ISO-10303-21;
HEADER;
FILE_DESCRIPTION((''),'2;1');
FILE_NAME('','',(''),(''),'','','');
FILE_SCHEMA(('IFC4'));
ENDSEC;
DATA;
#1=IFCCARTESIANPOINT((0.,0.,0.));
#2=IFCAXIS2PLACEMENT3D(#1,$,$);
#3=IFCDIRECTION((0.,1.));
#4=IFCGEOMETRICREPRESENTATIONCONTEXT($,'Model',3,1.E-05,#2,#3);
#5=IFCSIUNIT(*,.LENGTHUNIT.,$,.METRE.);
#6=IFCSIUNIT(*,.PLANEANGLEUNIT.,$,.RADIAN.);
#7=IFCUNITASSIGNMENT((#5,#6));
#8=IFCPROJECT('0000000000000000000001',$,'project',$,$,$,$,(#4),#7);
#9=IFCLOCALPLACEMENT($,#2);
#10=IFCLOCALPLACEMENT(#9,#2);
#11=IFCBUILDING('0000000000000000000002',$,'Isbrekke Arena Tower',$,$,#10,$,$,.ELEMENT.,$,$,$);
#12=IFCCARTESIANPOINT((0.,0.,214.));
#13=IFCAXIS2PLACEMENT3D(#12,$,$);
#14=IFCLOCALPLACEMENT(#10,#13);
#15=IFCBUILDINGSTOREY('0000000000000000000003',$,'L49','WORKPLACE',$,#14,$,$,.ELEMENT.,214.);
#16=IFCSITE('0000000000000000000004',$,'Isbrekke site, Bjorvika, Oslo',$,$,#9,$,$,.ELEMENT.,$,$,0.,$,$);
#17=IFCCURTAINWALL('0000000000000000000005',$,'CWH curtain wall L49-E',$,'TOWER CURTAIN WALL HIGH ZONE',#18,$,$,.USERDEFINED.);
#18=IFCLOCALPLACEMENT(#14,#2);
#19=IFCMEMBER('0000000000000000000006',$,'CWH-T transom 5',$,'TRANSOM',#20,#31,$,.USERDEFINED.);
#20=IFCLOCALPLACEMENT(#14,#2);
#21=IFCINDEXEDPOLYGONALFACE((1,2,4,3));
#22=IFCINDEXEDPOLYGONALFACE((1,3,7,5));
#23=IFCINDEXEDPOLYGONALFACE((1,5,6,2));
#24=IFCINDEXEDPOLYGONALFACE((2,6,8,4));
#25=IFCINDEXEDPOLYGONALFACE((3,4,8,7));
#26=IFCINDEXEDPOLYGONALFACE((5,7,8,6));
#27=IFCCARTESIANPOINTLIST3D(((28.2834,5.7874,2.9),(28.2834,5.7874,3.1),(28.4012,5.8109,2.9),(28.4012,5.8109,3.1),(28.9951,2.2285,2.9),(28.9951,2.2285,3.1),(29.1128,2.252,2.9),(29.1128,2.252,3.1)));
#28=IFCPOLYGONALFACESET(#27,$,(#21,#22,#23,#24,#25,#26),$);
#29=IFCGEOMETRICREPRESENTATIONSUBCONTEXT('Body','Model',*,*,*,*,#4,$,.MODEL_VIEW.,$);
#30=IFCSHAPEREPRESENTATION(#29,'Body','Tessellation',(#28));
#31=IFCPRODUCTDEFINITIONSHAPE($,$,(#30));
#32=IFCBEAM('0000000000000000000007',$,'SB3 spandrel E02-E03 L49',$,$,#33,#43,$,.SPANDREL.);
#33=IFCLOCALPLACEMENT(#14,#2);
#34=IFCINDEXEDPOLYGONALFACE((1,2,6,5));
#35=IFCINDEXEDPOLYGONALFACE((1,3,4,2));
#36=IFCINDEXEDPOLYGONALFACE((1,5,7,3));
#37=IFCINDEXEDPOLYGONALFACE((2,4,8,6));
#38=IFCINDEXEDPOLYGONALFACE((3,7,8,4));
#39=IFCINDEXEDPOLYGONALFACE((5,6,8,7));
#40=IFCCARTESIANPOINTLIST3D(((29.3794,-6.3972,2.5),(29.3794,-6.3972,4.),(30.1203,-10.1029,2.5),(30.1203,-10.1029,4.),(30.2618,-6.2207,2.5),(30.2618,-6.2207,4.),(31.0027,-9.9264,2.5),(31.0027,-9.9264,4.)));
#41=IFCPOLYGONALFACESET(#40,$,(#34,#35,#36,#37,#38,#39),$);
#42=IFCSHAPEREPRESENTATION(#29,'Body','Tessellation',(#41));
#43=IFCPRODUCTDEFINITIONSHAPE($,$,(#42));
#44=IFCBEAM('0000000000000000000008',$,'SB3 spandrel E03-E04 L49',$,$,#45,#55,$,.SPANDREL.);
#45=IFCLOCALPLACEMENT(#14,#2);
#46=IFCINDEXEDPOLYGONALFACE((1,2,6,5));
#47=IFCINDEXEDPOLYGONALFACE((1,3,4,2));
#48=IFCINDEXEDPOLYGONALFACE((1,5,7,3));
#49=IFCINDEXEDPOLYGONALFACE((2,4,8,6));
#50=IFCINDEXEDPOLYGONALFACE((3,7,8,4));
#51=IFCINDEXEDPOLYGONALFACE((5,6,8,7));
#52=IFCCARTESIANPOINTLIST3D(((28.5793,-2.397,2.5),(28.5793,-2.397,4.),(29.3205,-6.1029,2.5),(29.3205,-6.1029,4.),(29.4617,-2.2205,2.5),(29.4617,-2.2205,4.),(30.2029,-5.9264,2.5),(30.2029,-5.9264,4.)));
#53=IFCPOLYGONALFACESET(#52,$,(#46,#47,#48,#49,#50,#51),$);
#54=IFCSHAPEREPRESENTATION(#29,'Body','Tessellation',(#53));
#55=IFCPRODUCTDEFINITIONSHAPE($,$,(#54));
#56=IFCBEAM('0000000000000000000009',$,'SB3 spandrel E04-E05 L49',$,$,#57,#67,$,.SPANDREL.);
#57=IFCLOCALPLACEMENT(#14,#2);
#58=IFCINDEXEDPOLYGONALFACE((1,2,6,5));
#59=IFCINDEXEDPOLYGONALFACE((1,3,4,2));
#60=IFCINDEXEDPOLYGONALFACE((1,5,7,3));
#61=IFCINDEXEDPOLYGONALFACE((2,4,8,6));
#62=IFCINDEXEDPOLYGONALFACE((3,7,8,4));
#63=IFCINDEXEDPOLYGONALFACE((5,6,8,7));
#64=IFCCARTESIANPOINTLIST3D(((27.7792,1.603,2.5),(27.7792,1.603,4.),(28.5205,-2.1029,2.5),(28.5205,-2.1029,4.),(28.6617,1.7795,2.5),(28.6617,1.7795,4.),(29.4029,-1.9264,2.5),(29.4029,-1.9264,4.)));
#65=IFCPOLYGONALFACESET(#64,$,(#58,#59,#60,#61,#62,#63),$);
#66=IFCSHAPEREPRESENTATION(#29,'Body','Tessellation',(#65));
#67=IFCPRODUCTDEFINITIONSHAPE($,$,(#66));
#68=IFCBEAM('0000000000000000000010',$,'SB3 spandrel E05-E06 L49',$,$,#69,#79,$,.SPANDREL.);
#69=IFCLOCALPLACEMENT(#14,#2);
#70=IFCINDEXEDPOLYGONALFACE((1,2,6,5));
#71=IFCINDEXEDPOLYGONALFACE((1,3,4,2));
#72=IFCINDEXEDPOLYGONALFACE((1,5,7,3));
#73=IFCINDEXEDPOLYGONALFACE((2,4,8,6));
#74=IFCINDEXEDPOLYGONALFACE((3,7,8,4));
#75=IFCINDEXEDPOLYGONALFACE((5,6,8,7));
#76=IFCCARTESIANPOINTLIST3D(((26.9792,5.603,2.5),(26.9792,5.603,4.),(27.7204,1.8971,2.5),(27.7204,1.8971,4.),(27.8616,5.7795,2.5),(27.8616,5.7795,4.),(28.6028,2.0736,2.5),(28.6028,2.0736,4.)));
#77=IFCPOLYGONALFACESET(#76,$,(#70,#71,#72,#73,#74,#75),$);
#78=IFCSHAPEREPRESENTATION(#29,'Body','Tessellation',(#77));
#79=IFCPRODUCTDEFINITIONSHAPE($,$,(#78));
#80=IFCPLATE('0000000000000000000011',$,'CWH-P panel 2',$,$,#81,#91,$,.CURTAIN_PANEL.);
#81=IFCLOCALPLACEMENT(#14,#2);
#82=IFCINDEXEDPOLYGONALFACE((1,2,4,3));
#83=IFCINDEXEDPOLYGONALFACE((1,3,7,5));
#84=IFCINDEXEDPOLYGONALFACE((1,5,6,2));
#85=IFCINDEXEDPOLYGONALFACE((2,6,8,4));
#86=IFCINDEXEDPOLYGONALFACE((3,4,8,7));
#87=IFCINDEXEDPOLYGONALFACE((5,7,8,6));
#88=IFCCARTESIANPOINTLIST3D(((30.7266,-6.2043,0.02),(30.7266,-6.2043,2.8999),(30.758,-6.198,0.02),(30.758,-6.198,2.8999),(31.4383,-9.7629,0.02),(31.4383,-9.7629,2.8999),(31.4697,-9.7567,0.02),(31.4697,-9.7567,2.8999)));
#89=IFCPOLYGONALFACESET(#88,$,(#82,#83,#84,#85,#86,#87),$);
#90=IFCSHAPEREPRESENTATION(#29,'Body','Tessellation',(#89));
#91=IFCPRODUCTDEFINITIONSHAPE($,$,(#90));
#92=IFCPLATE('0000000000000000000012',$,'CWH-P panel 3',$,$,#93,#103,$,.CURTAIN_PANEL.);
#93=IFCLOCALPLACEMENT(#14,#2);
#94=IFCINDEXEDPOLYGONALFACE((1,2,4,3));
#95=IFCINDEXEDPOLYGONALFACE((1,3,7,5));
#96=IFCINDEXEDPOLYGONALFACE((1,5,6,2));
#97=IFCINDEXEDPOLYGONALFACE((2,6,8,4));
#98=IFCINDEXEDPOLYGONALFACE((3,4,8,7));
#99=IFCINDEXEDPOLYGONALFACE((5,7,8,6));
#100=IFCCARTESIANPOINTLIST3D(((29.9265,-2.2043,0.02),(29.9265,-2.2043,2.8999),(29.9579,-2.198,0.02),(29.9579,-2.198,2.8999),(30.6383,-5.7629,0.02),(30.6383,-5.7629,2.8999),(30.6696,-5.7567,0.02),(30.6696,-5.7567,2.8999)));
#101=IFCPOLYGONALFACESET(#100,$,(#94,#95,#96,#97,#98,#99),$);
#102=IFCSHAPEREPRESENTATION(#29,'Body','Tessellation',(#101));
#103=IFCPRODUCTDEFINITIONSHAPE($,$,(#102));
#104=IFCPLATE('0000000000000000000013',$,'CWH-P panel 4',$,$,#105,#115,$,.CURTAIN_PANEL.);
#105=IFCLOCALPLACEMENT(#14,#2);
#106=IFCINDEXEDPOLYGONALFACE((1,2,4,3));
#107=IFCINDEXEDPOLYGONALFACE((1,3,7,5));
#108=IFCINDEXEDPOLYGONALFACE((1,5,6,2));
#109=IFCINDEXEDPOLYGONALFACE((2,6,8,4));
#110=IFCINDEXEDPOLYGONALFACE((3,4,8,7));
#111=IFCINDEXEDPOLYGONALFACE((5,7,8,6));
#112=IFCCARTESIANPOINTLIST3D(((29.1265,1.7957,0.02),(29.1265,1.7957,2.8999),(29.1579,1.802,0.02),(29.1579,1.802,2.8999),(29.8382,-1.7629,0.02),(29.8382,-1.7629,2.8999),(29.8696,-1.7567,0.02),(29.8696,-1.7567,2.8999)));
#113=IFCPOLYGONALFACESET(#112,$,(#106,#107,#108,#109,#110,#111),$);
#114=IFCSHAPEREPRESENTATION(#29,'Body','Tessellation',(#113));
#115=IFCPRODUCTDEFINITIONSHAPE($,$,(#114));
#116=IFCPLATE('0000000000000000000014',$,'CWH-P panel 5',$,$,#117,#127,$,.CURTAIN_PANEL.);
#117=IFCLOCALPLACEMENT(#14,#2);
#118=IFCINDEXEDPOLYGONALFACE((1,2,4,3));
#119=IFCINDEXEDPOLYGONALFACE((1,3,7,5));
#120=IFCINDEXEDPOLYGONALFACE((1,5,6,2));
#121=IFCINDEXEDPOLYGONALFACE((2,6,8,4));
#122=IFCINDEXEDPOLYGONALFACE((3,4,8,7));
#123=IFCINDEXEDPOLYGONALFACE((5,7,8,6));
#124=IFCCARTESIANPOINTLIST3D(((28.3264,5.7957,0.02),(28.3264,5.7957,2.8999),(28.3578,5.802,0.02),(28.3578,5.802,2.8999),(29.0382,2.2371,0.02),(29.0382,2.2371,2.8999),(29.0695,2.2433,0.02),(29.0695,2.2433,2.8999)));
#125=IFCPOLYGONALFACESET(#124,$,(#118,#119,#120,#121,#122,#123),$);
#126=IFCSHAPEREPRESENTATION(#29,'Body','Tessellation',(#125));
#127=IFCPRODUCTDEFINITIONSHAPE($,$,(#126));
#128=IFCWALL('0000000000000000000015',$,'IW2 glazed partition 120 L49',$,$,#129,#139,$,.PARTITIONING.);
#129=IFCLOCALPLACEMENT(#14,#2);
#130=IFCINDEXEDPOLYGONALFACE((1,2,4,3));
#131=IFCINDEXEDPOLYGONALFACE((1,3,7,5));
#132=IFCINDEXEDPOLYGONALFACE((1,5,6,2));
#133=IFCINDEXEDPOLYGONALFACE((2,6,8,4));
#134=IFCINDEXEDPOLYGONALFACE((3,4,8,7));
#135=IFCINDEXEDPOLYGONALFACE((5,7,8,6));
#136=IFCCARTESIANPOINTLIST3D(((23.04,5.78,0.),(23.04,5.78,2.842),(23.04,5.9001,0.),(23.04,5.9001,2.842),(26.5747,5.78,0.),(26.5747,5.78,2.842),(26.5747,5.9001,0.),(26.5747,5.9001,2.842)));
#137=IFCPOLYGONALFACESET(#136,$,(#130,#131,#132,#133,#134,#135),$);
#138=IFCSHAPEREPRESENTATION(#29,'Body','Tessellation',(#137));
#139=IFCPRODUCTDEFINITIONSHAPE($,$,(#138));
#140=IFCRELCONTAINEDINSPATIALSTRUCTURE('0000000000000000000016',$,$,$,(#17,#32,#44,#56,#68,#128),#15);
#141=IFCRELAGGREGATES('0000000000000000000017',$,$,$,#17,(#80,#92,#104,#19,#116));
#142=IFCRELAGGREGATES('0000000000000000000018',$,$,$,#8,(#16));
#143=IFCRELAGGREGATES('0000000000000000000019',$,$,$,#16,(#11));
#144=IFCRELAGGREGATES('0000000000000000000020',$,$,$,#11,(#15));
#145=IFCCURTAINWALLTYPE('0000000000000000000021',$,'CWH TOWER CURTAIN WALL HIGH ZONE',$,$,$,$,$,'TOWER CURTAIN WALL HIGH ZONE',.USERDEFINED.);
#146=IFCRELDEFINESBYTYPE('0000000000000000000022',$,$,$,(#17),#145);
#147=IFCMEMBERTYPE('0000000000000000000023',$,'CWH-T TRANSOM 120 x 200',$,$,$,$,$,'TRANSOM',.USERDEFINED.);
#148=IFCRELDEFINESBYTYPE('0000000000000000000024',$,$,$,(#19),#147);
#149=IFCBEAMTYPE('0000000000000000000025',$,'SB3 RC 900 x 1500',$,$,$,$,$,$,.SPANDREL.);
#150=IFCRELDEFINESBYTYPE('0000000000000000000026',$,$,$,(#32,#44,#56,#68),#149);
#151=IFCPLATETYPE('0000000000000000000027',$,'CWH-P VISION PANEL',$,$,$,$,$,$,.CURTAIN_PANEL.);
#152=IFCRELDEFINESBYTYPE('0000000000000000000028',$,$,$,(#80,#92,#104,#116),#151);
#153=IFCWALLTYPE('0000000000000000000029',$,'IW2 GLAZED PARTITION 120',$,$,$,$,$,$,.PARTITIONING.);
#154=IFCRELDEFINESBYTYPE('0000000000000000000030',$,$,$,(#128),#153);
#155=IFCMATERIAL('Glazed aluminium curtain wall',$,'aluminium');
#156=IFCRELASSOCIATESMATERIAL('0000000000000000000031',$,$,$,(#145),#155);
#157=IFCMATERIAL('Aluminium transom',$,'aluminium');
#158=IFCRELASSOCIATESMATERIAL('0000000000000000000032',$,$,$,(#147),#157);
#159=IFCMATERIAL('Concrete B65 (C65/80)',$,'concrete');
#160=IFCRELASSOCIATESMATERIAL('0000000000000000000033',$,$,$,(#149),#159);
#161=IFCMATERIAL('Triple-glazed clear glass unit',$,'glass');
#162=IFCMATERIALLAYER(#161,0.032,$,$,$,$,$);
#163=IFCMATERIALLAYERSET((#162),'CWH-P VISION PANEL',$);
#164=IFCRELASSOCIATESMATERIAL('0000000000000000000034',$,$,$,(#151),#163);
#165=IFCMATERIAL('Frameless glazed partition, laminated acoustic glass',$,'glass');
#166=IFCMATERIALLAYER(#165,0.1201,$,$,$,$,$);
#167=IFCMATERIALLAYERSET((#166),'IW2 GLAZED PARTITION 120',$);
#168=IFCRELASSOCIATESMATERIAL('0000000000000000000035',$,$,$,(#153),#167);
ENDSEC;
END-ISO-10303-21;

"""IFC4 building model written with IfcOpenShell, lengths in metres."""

from ifc_helpers import new_model, si_unit, direction, frame, frame_2d, origin, origin_2d, place, context, subcontext, project, spatial, rectangle, extrude, material, layer, layer_set, material_profile, profile_set, type_object, element, aggregate, save


model = new_model("IFC4")

# Units and contexts
model_context = context("Model", 3, precision=1e-05, world=origin(), true_north=direction((0.0, 1.0)))
body_context = subcontext(model_context, "Body", "Model", "MODEL_VIEW")
ifc_project = project(units=[si_unit("LENGTHUNIT", "METRE"), si_unit("PLANEANGLEUNIT", "RADIAN")], contexts=[model_context])

# Site, building, storey
site_placement = place(None, origin())
site = spatial("IfcSite", under=ifc_project, at=site_placement, Name="Isbrekke site, Bjorvika, Oslo", CompositionType="ELEMENT", RefElevation=0.0)
building_placement = place(site_placement, origin())
building = spatial("IfcBuilding", under=site, at=building_placement, Name="Isbrekke Arena Tower", CompositionType="ELEMENT")
storey_placement = place(building_placement, frame((0.0, 0.0, 214.0)))
storey = spatial("IfcBuildingStorey", under=building, at=storey_placement, Name="L49", Description="WORKPLACE", CompositionType="ELEMENT", Elevation=214.0)

# Curtain wall, member
ifc_material_1 = material(Name="Glazed aluminium curtain wall", Category="aluminium")
curtain_wall_type = type_object("IfcCurtainWallType", Name="CWH TOWER CURTAIN WALL HIGH ZONE", ElementType="TOWER CURTAIN WALL HIGH ZONE", PredefinedType="USERDEFINED", material=ifc_material_1)
curtain_wall_placement = place(storey_placement, origin())
curtain_wall = element("IfcCurtainWall", 1, at=curtain_wall_placement, inside=storey, type_object=curtain_wall_type, Name="CWH curtain wall L49-E", ObjectType="TOWER CURTAIN WALL HIGH ZONE", PredefinedType="USERDEFINED")
ifc_material_2 = material(Name="Aluminium transom", Category="aluminium")
ifc_material_profile_1 = material_profile(ifc_material_2, rectangle(XDim=0.1201, YDim=0.2, at=origin_2d()), Name="TRANSOM 120X200")
ifc_profile_set_1 = profile_set([ifc_material_profile_1], Name="Aluminium transom")
member_type_1 = type_object("IfcMemberType", Name="CWH-T TRANSOM 120 x 200", ElementType="TRANSOM", PredefinedType="USERDEFINED", material=ifc_profile_set_1)
member_1_placement = place(storey_placement, frame((29.054, 2.2402, 3.0), z_axis=(-0.19609, 0.980586, 0.0), x_axis=(-0.980586, -0.19609, 0.0)))
member_1 = element("IfcMember", 2, at=member_1_placement, type_object=member_type_1, Name="CWH-T transom 5", ObjectType="TRANSOM", PredefinedType="USERDEFINED", context=body_context, shape_type="SweptSolid", body=[
    extrude(rectangle(XDim=0.1201, YDim=0.2, at=origin_2d()), origin(), (0.0, 0.0, 1.0), 3.6294),
])

# Beams
ifc_material_3 = material(Name="Concrete B65 (C65/80)", Category="concrete")
ifc_material_profile_2 = material_profile(ifc_material_3, rectangle(XDim=0.8999, YDim=1.5, at=origin_2d()), Name="RC 900x1500")
ifc_profile_set_2 = profile_set([ifc_material_profile_2], Name="Concrete B65 (C65/80)")
beam_type_1 = type_object("IfcBeamType", Name="SB3 RC 900 x 1500", PredefinedType="SPANDREL", material=ifc_profile_set_2)
beam_1_placement = place(storey_placement, frame((30.5615, -10.0146, 3.25), z_axis=(-0.196066, 0.980591, 0.0), x_axis=(-0.980591, -0.196066, 0.0)))
element("IfcBeam", 3, at=beam_1_placement, inside=storey, type_object=beam_type_1, Name="SB3 spandrel E02-E03 L49", PredefinedType="SPANDREL", context=body_context, shape_type="SweptSolid", body=[
    extrude(rectangle(XDim=0.8999, YDim=1.5, at=origin_2d()), origin(), (0.0, 0.0, 1.0), 3.7791),
])
for number, where, z_axis, x_axis, name in (
    (4, (29.7617, -6.0146, 3.25), (-0.196129, 0.980578, 0.0), (-0.980578, -0.196129, 0.0), "SB3 spandrel E03-E04 L49"),
    (5, (28.9617, -2.0146, 3.25), (-0.196129, 0.980578, 0.0), (-0.980578, -0.196129, 0.0), "SB3 spandrel E04-E05 L49"),
    (6, (28.1616, 1.9854, 3.25), (-0.196129, 0.980578, 0.0), (-0.980578, -0.196129, 0.0), "SB3 spandrel E05-E06 L49"),
):
    element("IfcBeam", number, at=place(storey_placement, frame(where, z_axis=z_axis, x_axis=x_axis)), inside=storey, type_object=beam_type_1, Name=name, PredefinedType="SPANDREL", context=body_context, shape_type="SweptSolid", body=[
        extrude(rectangle(XDim=0.8999, YDim=1.5, at=origin_2d()), origin(), (0.0, 0.0, 1.0), 3.7793),
    ])

# Plates
ifc_material_4 = material(Name="Triple-glazed clear glass unit", Category="glass")
ifc_layer_1 = layer(ifc_material_4, 0.032)
ifc_layer_set_1 = layer_set([ifc_layer_1], Name="CWH-P VISION PANEL")
plate_type = type_object("IfcPlateType", Name="CWH-P VISION PANEL", PredefinedType="CURTAIN_PANEL", material=ifc_layer_set_1)
plate_1_placement = place(storey_placement, frame((31.0981, -7.9805, 0.02), z_axis=(0.0, 0.0, 1.0), x_axis=(-0.196116, 0.980581, 0.0)))
plate_1 = element("IfcPlate", 7, at=plate_1_placement, type_object=plate_type, Name="CWH-P panel 2", PredefinedType="CURTAIN_PANEL", context=body_context, shape_type="SweptSolid", body=[
    extrude(rectangle(XDim=3.6292, YDim=0.032, at=origin_2d()), origin(), (0.0, 0.0, 1.0), 2.8799),
])
plate_2_placement = place(storey_placement, frame((30.2981, -3.9805, 0.02), z_axis=(0.0, 0.0, 1.0), x_axis=(-0.196116, 0.980581, 0.0)))
plate_2 = element("IfcPlate", 8, at=plate_2_placement, type_object=plate_type, Name="CWH-P panel 3", PredefinedType="CURTAIN_PANEL", context=body_context, shape_type="SweptSolid", body=[
    extrude(rectangle(XDim=3.6292, YDim=0.032, at=origin_2d()), origin(), (0.0, 0.0, 1.0), 2.8799),
])
plate_3_placement = place(storey_placement, frame((29.498, 0.0195, 0.02), z_axis=(0.0, 0.0, 1.0), x_axis=(-0.196116, 0.980581, 0.0)))
plate_3 = element("IfcPlate", 9, at=plate_3_placement, type_object=plate_type, Name="CWH-P panel 4", PredefinedType="CURTAIN_PANEL", context=body_context, shape_type="SweptSolid", body=[
    extrude(rectangle(XDim=3.6292, YDim=0.032, at=origin_2d()), origin(), (0.0, 0.0, 1.0), 2.8799),
])
plate_4_placement = place(storey_placement, frame((28.698, 4.0195, 0.02), z_axis=(0.0, 0.0, 1.0), x_axis=(-0.196116, 0.980581, 0.0)))
plate_4 = element("IfcPlate", 10, at=plate_4_placement, type_object=plate_type, Name="CWH-P panel 5", PredefinedType="CURTAIN_PANEL", context=body_context, shape_type="SweptSolid", body=[
    extrude(rectangle(XDim=3.6292, YDim=0.032, at=origin_2d()), origin(), (0.0, 0.0, 1.0), 2.8799),
])
aggregate(curtain_wall, [plate_1, plate_2, plate_3, member_1, plate_4])

# Wall
ifc_material_5 = material(Name="Frameless glazed partition, laminated acoustic glass", Category="glass")
ifc_layer_2 = layer(ifc_material_5, 0.1201)
ifc_layer_set_2 = layer_set([ifc_layer_2], Name="IW2 GLAZED PARTITION 120")
wall_type = type_object("IfcWallType", Name="IW2 GLAZED PARTITION 120", PredefinedType="PARTITIONING", material=ifc_layer_set_2)
wall_1_placement = place(storey_placement, frame((23.04, 5.8401, 0.0), z_axis=(0.0, 0.0, 1.0), x_axis=(1.0, 0.0, 0.0)))
element("IfcWall", 11, at=wall_1_placement, inside=storey, type_object=wall_type, Name="IW2 glazed partition 120 L49", PredefinedType="PARTITIONING", context=body_context, shape_type="SweptSolid", body=[
    extrude(rectangle(XDim=3.5347, YDim=0.1201, at=frame_2d((1.7673, 0.0))), origin(), (0.0, 0.0, 1.0), 2.842),
])

save(model, "model.ifc")
